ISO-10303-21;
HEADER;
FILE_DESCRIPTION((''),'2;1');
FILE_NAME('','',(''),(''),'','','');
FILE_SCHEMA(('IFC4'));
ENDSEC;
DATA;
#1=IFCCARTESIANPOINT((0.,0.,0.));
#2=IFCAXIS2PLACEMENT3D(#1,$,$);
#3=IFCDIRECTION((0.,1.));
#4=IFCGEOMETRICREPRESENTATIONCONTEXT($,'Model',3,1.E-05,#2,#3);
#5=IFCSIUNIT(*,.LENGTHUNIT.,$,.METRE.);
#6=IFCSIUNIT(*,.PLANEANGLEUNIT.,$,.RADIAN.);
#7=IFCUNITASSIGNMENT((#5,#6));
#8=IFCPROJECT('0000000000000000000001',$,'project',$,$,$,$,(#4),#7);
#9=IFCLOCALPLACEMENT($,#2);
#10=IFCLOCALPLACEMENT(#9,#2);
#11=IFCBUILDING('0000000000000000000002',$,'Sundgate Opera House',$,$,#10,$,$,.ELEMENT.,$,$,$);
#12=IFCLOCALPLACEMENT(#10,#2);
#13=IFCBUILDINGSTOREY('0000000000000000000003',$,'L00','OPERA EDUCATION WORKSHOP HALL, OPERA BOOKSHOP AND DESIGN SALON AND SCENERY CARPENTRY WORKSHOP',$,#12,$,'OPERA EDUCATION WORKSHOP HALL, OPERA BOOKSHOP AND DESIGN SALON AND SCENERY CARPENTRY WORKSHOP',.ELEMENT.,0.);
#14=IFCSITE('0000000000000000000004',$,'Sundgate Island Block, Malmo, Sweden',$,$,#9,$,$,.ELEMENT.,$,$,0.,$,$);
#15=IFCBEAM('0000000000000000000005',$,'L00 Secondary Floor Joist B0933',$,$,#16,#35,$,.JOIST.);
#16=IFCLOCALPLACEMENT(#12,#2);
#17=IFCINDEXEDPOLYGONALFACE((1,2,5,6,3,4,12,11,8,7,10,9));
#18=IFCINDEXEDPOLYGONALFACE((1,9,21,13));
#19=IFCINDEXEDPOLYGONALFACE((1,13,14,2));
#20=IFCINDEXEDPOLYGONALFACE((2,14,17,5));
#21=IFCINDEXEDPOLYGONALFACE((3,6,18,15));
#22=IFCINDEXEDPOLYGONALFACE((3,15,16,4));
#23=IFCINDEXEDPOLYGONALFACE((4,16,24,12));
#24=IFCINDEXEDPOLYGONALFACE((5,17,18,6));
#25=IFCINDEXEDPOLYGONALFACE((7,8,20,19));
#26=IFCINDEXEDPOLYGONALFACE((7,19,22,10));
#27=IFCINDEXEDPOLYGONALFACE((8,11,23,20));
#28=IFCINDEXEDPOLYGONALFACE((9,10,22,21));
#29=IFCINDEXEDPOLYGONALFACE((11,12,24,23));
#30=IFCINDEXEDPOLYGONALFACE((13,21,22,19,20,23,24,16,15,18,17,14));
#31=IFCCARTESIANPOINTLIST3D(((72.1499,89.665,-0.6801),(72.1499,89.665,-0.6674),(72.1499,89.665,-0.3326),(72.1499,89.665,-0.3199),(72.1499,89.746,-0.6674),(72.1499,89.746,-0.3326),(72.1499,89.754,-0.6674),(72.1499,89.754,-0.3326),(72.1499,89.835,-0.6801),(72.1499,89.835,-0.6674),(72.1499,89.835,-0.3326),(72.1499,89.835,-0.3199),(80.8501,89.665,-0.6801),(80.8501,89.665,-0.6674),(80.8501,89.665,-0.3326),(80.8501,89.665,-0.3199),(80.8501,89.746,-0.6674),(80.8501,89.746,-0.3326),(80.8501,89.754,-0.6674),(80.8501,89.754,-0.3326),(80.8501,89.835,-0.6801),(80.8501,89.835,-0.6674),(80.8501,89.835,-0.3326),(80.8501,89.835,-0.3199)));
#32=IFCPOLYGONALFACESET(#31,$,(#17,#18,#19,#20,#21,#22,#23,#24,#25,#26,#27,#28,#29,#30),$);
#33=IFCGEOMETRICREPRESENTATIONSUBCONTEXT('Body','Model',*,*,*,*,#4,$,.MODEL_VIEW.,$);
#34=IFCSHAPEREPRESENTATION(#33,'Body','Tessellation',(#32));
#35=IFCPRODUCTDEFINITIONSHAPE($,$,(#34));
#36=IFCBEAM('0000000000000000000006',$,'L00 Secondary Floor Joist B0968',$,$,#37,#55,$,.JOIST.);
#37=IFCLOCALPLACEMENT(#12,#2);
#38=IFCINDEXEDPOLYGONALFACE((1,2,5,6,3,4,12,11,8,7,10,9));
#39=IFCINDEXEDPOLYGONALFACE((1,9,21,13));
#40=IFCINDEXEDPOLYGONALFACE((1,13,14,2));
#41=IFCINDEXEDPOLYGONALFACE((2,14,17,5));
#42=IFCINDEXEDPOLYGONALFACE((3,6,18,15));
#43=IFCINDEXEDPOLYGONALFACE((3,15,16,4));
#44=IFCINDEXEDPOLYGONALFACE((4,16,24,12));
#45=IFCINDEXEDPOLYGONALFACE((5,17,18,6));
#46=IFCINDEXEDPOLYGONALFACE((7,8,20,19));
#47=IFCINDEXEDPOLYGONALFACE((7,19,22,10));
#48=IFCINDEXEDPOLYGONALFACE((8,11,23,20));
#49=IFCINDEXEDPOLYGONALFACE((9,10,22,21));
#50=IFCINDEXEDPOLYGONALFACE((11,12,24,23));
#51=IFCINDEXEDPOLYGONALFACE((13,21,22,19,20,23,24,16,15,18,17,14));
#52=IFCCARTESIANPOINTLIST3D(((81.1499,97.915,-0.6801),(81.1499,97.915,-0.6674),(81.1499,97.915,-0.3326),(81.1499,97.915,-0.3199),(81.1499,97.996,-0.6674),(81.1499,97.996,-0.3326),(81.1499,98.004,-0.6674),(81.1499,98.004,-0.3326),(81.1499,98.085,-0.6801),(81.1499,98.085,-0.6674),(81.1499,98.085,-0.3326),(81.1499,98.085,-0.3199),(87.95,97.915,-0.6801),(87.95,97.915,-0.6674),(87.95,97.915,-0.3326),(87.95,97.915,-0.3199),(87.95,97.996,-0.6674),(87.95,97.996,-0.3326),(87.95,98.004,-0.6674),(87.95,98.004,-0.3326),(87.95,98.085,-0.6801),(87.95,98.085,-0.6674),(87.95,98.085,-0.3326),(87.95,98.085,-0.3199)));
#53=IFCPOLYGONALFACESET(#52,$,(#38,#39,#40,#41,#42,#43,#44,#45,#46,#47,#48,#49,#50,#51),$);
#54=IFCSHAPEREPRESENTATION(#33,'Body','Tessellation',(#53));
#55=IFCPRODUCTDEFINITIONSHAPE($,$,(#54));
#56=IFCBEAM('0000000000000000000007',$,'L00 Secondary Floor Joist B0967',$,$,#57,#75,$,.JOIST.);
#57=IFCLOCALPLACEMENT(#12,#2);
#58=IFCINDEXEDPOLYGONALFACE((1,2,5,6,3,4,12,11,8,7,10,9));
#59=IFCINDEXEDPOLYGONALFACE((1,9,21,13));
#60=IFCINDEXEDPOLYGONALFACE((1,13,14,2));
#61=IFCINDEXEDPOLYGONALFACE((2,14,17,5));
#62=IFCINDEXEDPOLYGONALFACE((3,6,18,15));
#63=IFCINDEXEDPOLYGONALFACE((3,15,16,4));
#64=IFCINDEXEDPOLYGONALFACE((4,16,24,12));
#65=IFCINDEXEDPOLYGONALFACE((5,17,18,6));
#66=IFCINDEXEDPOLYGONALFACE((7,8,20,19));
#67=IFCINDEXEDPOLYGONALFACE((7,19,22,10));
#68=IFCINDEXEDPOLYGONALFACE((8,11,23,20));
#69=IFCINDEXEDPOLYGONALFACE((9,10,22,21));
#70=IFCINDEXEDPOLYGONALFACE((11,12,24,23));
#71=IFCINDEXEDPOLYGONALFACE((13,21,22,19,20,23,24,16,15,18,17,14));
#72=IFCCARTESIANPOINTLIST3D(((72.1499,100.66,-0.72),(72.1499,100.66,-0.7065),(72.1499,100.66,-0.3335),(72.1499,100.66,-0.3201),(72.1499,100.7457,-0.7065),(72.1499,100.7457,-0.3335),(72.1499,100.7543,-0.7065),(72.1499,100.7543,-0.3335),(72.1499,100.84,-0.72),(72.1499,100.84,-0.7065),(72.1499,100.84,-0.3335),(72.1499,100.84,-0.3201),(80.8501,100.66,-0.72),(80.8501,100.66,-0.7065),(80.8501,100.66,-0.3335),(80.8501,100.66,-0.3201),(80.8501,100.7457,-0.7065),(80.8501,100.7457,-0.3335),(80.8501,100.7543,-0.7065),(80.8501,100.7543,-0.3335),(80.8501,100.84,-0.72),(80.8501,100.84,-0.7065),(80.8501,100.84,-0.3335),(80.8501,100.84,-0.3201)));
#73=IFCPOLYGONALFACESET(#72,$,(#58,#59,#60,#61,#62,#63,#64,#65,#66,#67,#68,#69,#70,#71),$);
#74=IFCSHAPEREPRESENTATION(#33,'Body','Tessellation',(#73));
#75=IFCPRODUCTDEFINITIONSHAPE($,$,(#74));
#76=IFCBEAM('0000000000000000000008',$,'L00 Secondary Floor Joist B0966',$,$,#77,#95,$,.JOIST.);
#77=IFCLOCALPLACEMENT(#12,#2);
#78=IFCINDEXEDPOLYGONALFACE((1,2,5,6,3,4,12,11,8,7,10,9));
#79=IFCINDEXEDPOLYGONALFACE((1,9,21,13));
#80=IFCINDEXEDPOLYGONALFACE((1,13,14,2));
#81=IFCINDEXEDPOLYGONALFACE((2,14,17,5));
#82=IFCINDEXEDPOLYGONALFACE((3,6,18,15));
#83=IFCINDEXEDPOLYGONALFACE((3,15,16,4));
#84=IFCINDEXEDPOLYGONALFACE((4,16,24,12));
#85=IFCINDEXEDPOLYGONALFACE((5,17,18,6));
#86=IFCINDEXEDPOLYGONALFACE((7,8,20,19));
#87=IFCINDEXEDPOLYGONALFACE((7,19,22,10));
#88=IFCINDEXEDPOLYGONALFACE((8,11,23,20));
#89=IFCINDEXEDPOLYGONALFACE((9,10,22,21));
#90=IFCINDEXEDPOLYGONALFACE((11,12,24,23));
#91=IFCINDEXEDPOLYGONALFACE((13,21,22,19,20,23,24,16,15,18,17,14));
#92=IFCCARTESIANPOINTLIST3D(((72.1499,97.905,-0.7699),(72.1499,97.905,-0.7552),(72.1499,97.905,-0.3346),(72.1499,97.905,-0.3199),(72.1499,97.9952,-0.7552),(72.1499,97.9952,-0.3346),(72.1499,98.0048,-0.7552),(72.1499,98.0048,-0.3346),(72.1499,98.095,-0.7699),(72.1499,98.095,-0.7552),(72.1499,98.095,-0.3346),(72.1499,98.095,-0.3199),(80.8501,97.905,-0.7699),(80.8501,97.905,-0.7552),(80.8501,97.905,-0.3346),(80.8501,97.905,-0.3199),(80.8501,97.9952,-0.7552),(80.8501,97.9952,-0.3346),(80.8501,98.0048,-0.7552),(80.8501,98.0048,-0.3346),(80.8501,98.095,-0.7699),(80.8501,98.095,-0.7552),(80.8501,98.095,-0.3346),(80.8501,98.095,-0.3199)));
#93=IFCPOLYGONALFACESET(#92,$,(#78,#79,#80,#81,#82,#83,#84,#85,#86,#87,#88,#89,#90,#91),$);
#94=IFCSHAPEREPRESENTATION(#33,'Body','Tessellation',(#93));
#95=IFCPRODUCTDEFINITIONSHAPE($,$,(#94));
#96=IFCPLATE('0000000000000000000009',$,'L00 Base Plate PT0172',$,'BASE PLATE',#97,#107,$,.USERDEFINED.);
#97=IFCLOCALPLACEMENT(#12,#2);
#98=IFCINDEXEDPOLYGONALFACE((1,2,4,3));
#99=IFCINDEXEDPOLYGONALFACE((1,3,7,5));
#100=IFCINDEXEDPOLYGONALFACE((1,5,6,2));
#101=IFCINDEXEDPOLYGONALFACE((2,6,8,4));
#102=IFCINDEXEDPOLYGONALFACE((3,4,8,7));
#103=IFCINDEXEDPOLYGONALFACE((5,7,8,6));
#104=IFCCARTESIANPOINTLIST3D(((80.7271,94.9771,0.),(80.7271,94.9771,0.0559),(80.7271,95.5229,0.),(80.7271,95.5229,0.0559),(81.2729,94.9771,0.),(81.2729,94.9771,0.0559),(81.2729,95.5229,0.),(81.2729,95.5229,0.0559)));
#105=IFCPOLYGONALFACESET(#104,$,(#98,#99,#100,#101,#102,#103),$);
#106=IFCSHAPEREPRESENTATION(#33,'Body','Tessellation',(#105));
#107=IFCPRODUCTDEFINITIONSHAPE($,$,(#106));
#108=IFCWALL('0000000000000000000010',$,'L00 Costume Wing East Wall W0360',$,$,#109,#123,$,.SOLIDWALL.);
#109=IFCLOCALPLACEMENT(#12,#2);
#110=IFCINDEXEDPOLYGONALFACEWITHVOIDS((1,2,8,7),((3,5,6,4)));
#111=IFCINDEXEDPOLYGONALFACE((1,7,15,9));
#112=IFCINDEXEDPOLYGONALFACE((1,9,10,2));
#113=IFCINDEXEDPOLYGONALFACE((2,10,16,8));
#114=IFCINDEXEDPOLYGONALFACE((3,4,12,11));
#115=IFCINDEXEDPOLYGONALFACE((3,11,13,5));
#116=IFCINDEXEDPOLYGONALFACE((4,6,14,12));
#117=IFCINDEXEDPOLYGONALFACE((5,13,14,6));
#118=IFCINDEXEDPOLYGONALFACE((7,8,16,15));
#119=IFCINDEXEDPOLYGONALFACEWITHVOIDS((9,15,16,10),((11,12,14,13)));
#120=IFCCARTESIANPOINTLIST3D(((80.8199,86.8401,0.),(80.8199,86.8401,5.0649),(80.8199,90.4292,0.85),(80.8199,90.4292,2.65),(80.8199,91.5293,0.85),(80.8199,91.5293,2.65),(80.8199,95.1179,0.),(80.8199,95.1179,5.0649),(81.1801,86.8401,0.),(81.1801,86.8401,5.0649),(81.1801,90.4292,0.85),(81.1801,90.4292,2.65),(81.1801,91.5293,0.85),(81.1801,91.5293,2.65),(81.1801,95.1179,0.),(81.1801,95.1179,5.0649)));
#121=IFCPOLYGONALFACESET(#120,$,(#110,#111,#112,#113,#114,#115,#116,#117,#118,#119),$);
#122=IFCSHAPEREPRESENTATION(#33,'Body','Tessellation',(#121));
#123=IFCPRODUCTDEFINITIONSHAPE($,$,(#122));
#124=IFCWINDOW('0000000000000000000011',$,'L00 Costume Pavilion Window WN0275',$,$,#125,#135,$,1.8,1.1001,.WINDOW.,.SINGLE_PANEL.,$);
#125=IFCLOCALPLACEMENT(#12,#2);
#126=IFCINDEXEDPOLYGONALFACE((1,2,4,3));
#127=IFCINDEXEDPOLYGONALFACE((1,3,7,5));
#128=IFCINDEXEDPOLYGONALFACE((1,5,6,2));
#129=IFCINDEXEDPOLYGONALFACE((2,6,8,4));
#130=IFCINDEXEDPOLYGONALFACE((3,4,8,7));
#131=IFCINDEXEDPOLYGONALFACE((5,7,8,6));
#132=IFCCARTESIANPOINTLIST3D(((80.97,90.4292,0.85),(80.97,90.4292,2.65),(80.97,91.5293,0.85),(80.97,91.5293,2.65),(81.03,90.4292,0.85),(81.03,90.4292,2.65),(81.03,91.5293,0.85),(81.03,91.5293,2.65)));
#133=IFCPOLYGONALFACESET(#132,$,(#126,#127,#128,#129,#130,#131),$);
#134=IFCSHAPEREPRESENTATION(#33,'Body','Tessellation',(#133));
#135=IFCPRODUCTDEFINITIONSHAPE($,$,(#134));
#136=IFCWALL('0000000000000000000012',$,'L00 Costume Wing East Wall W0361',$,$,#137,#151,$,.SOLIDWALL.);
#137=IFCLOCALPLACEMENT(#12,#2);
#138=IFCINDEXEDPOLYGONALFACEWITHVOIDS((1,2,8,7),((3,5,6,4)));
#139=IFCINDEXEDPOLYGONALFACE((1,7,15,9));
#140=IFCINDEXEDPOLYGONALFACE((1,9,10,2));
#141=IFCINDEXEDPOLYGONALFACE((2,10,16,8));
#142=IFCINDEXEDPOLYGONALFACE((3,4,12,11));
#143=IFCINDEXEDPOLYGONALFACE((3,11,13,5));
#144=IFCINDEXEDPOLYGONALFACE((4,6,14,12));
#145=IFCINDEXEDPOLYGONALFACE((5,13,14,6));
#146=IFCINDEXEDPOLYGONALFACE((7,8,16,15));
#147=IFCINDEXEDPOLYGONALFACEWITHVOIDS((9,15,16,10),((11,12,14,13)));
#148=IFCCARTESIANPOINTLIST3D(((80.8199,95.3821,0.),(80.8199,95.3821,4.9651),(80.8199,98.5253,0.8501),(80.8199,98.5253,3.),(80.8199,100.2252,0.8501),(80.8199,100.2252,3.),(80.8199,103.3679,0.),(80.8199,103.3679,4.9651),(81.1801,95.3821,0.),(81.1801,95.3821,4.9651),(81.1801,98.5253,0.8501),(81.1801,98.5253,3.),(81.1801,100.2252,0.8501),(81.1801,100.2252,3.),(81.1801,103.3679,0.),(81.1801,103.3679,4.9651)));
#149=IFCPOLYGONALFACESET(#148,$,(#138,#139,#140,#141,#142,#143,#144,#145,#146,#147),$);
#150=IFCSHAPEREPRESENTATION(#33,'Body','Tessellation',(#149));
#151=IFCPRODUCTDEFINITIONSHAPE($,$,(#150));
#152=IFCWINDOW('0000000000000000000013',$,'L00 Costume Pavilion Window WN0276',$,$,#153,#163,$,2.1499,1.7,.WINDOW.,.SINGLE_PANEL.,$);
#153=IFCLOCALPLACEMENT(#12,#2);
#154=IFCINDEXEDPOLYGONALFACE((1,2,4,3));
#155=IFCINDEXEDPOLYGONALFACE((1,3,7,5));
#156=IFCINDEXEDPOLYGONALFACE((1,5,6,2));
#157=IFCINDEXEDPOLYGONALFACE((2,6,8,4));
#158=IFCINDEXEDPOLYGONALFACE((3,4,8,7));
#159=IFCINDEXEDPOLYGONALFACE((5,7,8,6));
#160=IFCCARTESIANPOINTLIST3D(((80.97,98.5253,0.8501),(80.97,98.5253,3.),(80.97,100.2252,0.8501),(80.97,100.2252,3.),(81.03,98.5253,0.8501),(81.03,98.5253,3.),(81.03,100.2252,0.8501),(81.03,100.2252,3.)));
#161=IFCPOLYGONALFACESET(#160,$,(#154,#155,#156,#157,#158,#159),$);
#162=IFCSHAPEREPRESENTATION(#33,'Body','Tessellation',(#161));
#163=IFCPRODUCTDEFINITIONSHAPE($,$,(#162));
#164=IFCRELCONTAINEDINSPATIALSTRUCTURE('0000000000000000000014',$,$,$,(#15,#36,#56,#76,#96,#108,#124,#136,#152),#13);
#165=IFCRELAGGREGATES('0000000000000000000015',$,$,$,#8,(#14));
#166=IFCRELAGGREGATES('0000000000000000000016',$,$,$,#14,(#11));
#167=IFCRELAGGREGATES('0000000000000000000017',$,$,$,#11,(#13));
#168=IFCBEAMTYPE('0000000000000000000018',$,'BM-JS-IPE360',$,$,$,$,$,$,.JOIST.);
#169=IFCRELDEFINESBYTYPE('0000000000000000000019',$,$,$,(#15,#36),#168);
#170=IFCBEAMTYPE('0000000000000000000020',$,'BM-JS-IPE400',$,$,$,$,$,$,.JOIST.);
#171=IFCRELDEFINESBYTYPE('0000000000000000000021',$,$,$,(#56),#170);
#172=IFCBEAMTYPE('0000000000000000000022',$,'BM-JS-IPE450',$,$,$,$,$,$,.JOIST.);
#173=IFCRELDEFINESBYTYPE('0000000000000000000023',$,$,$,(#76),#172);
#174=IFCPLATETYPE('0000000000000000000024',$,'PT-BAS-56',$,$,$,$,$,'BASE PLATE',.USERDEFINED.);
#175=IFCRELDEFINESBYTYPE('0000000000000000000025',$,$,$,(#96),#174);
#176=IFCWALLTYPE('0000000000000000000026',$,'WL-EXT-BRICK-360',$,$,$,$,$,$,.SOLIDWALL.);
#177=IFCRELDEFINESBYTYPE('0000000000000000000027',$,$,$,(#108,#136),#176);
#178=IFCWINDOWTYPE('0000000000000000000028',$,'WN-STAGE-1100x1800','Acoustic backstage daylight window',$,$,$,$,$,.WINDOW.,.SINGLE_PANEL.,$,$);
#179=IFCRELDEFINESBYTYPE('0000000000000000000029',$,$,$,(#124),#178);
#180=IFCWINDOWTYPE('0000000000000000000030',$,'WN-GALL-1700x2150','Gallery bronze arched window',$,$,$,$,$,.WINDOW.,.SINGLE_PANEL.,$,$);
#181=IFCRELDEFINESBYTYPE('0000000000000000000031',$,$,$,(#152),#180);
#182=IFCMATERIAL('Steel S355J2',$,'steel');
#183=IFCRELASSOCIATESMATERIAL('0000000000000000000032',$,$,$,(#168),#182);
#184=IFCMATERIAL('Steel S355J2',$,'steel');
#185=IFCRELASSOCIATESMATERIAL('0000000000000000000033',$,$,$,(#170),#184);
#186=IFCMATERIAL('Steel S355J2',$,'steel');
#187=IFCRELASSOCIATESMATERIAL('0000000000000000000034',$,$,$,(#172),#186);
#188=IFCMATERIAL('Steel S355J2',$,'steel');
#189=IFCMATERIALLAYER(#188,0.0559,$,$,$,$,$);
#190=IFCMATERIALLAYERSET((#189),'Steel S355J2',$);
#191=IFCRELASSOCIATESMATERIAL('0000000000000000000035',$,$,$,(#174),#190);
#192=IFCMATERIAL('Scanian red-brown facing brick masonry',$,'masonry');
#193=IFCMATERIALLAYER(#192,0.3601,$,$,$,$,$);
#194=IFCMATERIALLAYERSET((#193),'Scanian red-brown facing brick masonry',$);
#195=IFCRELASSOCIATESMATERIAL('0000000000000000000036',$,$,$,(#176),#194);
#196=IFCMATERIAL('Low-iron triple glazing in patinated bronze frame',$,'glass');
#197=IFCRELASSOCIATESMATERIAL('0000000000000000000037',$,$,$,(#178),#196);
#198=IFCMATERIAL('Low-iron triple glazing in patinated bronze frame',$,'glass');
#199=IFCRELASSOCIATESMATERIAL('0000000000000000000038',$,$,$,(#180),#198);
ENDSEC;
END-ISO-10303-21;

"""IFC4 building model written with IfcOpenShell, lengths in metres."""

from ifc_helpers import new_model, si_unit, direction, frame, frame_2d, origin, origin_2d, place, context, subcontext, project, spatial, rectangle, i_section, extrude, material, layer, layer_set, material_profile, profile_set, type_object, element, fill, save


model = new_model("IFC4")

# Units and contexts
model_context = context("Model", 3, precision=1e-05, world=origin(), true_north=direction((0.0, 1.0)))
body_context = subcontext(model_context, "Body", "Model", "MODEL_VIEW")
ifc_project = project(units=[si_unit("LENGTHUNIT", "METRE"), si_unit("PLANEANGLEUNIT", "RADIAN")], contexts=[model_context])

# Site, building, storey
site_placement = place(None, origin())
site = spatial("IfcSite", under=ifc_project, at=site_placement, Name="Sundgate Island Block, Malmo, Sweden", CompositionType="ELEMENT", RefElevation=0.0)
building_placement = place(site_placement, origin())
building = spatial("IfcBuilding", under=site, at=building_placement, Name="Sundgate Opera House", CompositionType="ELEMENT")
storey_placement = place(building_placement, origin())
storey = spatial("IfcBuildingStorey", under=building, at=storey_placement, Name="L00", Description="OPERA EDUCATION WORKSHOP HALL, OPERA BOOKSHOP AND DESIGN SALON AND SCENERY CARPENTRY WORKSHOP", LongName="OPERA EDUCATION WORKSHOP HALL, OPERA BOOKSHOP AND DESIGN SALON AND SCENERY CARPENTRY WORKSHOP", CompositionType="ELEMENT", Elevation=0.0)

# Beams
ifc_material_1 = material(Name="Steel S355J2", Category="steel")
ifc_material_profile_1 = material_profile(ifc_material_1, i_section(OverallWidth=0.1699, OverallDepth=0.3601, WebThickness=0.0081, FlangeThickness=0.0127, at=origin_2d()), Name="IPE 360")
ifc_profile_set_1 = profile_set([ifc_material_profile_1], Name="Steel S355J2")
beam_type_1 = type_object("IfcBeamType", Name="BM-JS-IPE360", PredefinedType="JOIST", material=ifc_profile_set_1)
beam_1_placement = place(storey_placement, frame((72.1499, 89.75, -0.5), z_axis=(1.0, 0.0, 0.0), x_axis=(0.0, 1.0, 0.0)))
element("IfcBeam", 1, at=beam_1_placement, inside=storey, type_object=beam_type_1, Name="L00 Secondary Floor Joist B0933", PredefinedType="JOIST", context=body_context, shape_type="SweptSolid", body=[
    extrude(i_section(OverallWidth=0.1699, OverallDepth=0.3601, WebThickness=0.0081, FlangeThickness=0.0127, at=origin_2d()), origin(), (0.0, 0.0, 1.0), 8.7002),
])
beam_2_placement = place(storey_placement, frame((81.1499, 98.0, -0.5), z_axis=(1.0, 0.0, 0.0), x_axis=(0.0, 1.0, 0.0)))
element("IfcBeam", 2, at=beam_2_placement, inside=storey, type_object=beam_type_1, Name="L00 Secondary Floor Joist B0968", PredefinedType="JOIST", context=body_context, shape_type="SweptSolid", body=[
    extrude(i_section(OverallWidth=0.1699, OverallDepth=0.3601, WebThickness=0.0081, FlangeThickness=0.0127, at=origin_2d()), origin(), (0.0, 0.0, 1.0), 6.8),
])
ifc_material_2 = material(Name="Steel S355J2", Category="steel")
ifc_material_profile_2 = material_profile(ifc_material_2, i_section(OverallWidth=0.1799, OverallDepth=0.3999, WebThickness=0.0085, FlangeThickness=0.0134, at=origin_2d()), Name="IPE 400")
ifc_profile_set_2 = profile_set([ifc_material_profile_2], Name="Steel S355J2")
beam_type_2 = type_object("IfcBeamType", Name="BM-JS-IPE400", PredefinedType="JOIST", material=ifc_profile_set_2)
beam_3_placement = place(storey_placement, frame((72.1499, 100.75, -0.52), z_axis=(1.0, 0.0, 0.0), x_axis=(0.0, 1.0, 0.0)))
element("IfcBeam", 3, at=beam_3_placement, inside=storey, type_object=beam_type_2, Name="L00 Secondary Floor Joist B0967", PredefinedType="JOIST", context=body_context, shape_type="SweptSolid", body=[
    extrude(i_section(OverallWidth=0.1799, OverallDepth=0.3999, WebThickness=0.0085, FlangeThickness=0.0134, at=origin_2d()), origin(), (0.0, 0.0, 1.0), 8.7002),
])
ifc_material_3 = material(Name="Steel S355J2", Category="steel")
ifc_material_profile_3 = material_profile(ifc_material_3, i_section(OverallWidth=0.1899, OverallDepth=0.45, WebThickness=0.0095, FlangeThickness=0.0146, at=origin_2d()), Name="IPE 450")
ifc_profile_set_3 = profile_set([ifc_material_profile_3], Name="Steel S355J2")
beam_type_3 = type_object("IfcBeamType", Name="BM-JS-IPE450", PredefinedType="JOIST", material=ifc_profile_set_3)
beam_4_placement = place(storey_placement, frame((72.1499, 98.0, -0.5449), z_axis=(1.0, 0.0, 0.0), x_axis=(0.0, 1.0, 0.0)))
element("IfcBeam", 4, at=beam_4_placement, inside=storey, type_object=beam_type_3, Name="L00 Secondary Floor Joist B0966", PredefinedType="JOIST", context=body_context, shape_type="SweptSolid", body=[
    extrude(i_section(OverallWidth=0.1899, OverallDepth=0.45, WebThickness=0.0095, FlangeThickness=0.0146, at=origin_2d()), origin(), (0.0, 0.0, 1.0), 8.7002),
])

# Plate
ifc_material_4 = material(Name="Steel S355J2", Category="steel")
ifc_layer_1 = layer(ifc_material_4, 0.0559)
ifc_layer_set_1 = layer_set([ifc_layer_1], Name="Steel S355J2")
plate_type = type_object("IfcPlateType", Name="PT-BAS-56", ElementType="BASE PLATE", PredefinedType="USERDEFINED", material=ifc_layer_set_1)
plate_placement = place(storey_placement, frame((81.0, 95.25, 0.0), z_axis=(0.0, 0.0, 1.0), x_axis=(1.0, 0.0, 0.0)))
element("IfcPlate", 5, at=plate_placement, inside=storey, type_object=plate_type, Name="L00 Base Plate PT0172", ObjectType="BASE PLATE", PredefinedType="USERDEFINED", context=body_context, shape_type="SweptSolid", body=[
    extrude(rectangle(XDim=0.5459, YDim=0.5459, at=origin_2d()), origin(), (0.0, 0.0, 1.0), 0.0559),
])

# Walls, openings, windows
ifc_material_5 = material(Name="Scanian red-brown facing brick masonry", Category="masonry")
ifc_layer_2 = layer(ifc_material_5, 0.3601)
ifc_layer_set_2 = layer_set([ifc_layer_2], Name="Scanian red-brown facing brick masonry")
wall_type = type_object("IfcWallType", Name="WL-EXT-BRICK-360", PredefinedType="SOLIDWALL", material=ifc_layer_set_2)
wall_1_placement = place(storey_placement, frame((81.0, 86.8401, 0.0), z_axis=(0.0, 0.0, 1.0), x_axis=(0.0, 1.0, 0.0)))
wall_1 = element("IfcWall", 6, at=wall_1_placement, inside=storey, type_object=wall_type, Name="L00 Costume Wing East Wall W0360", PredefinedType="SOLIDWALL", context=body_context, shape_type="SweptSolid", body=[
    extrude(rectangle(XDim=8.2778, YDim=0.3601, at=frame_2d((4.1389, 0.0))), origin(), (0.0, 0.0, 1.0), 5.0649),
])
opening_1_placement = place(wall_1_placement, frame((3.5891, 0.0, 0.8501)))
opening_1 = element("IfcOpeningElement", 7, at=opening_1_placement, cuts=wall_1, PredefinedType="OPENING", context=body_context, shape_type="SweptSolid", body=[
    extrude(rectangle(XDim=1.1001, YDim=1.8, at=frame_2d((0.55, 0.8999))), frame((0.0, 0.1899, 0.0), z_axis=(0.0, -1.0, 0.0), x_axis=(1.0, 0.0, 0.0)), (0.0, 0.0, 1.0), 0.3801),
])
ifc_material_6 = material(Name="Low-iron triple glazing in patinated bronze frame", Category="glass")
window_type_1 = type_object("IfcWindowType", Name="WN-STAGE-1100x1800", Description="Acoustic backstage daylight window", PartitioningType="SINGLE_PANEL", PredefinedType="WINDOW", material=ifc_material_6)
window_1_placement = place(opening_1_placement, origin())
window_1 = element("IfcWindow", 8, at=window_1_placement, inside=storey, type_object=window_type_1, Name="L00 Costume Pavilion Window WN0275", OverallHeight=1.8, OverallWidth=1.1001, PartitioningType="SINGLE_PANEL", PredefinedType="WINDOW", context=body_context, shape_type="SweptSolid", body=[
    extrude(rectangle(XDim=1.1001, YDim=1.8, at=frame_2d((0.55, 0.8999))), frame((0.0, 0.03, 0.0), z_axis=(0.0, -1.0, 0.0), x_axis=(1.0, 0.0, 0.0)), (0.0, 0.0, 1.0), 0.0601),
])
fill(opening_1, window_1)
wall_2_placement = place(storey_placement, frame((81.0, 95.3821, 0.0), z_axis=(0.0, 0.0, 1.0), x_axis=(0.0, 1.0, 0.0)))
wall_2 = element("IfcWall", 9, at=wall_2_placement, inside=storey, type_object=wall_type, Name="L00 Costume Wing East Wall W0361", PredefinedType="SOLIDWALL", context=body_context, shape_type="SweptSolid", body=[
    extrude(rectangle(XDim=7.9858, YDim=0.3601, at=frame_2d((3.9929, 0.0))), origin(), (0.0, 0.0, 1.0), 4.9651),
])
opening_2_placement = place(wall_2_placement, frame((3.1431, 0.0, 0.8501)))
opening_2 = element("IfcOpeningElement", 10, at=opening_2_placement, cuts=wall_2, PredefinedType="OPENING", context=body_context, shape_type="SweptSolid", body=[
    extrude(rectangle(XDim=1.7, YDim=2.1499, at=frame_2d((0.8501, 1.075))), frame((0.0, 0.1899, 0.0), z_axis=(0.0, -1.0, 0.0), x_axis=(1.0, 0.0, 0.0)), (0.0, 0.0, 1.0), 0.3801),
])
ifc_material_7 = material(Name="Low-iron triple glazing in patinated bronze frame", Category="glass")
window_type_2 = type_object("IfcWindowType", Name="WN-GALL-1700x2150", Description="Gallery bronze arched window", PartitioningType="SINGLE_PANEL", PredefinedType="WINDOW", material=ifc_material_7)
window_2_placement = place(opening_2_placement, origin())
window_2 = element("IfcWindow", 11, at=window_2_placement, inside=storey, type_object=window_type_2, Name="L00 Costume Pavilion Window WN0276", OverallHeight=2.1499, OverallWidth=1.7, PartitioningType="SINGLE_PANEL", PredefinedType="WINDOW", context=body_context, shape_type="SweptSolid", body=[
    extrude(rectangle(XDim=1.7, YDim=2.1499, at=frame_2d((0.8501, 1.075))), frame((0.0, 0.03, 0.0), z_axis=(0.0, -1.0, 0.0), x_axis=(1.0, 0.0, 0.0)), (0.0, 0.0, 1.0), 0.0601),
])
fill(opening_2, window_2)

save(model, "model.ifc")
